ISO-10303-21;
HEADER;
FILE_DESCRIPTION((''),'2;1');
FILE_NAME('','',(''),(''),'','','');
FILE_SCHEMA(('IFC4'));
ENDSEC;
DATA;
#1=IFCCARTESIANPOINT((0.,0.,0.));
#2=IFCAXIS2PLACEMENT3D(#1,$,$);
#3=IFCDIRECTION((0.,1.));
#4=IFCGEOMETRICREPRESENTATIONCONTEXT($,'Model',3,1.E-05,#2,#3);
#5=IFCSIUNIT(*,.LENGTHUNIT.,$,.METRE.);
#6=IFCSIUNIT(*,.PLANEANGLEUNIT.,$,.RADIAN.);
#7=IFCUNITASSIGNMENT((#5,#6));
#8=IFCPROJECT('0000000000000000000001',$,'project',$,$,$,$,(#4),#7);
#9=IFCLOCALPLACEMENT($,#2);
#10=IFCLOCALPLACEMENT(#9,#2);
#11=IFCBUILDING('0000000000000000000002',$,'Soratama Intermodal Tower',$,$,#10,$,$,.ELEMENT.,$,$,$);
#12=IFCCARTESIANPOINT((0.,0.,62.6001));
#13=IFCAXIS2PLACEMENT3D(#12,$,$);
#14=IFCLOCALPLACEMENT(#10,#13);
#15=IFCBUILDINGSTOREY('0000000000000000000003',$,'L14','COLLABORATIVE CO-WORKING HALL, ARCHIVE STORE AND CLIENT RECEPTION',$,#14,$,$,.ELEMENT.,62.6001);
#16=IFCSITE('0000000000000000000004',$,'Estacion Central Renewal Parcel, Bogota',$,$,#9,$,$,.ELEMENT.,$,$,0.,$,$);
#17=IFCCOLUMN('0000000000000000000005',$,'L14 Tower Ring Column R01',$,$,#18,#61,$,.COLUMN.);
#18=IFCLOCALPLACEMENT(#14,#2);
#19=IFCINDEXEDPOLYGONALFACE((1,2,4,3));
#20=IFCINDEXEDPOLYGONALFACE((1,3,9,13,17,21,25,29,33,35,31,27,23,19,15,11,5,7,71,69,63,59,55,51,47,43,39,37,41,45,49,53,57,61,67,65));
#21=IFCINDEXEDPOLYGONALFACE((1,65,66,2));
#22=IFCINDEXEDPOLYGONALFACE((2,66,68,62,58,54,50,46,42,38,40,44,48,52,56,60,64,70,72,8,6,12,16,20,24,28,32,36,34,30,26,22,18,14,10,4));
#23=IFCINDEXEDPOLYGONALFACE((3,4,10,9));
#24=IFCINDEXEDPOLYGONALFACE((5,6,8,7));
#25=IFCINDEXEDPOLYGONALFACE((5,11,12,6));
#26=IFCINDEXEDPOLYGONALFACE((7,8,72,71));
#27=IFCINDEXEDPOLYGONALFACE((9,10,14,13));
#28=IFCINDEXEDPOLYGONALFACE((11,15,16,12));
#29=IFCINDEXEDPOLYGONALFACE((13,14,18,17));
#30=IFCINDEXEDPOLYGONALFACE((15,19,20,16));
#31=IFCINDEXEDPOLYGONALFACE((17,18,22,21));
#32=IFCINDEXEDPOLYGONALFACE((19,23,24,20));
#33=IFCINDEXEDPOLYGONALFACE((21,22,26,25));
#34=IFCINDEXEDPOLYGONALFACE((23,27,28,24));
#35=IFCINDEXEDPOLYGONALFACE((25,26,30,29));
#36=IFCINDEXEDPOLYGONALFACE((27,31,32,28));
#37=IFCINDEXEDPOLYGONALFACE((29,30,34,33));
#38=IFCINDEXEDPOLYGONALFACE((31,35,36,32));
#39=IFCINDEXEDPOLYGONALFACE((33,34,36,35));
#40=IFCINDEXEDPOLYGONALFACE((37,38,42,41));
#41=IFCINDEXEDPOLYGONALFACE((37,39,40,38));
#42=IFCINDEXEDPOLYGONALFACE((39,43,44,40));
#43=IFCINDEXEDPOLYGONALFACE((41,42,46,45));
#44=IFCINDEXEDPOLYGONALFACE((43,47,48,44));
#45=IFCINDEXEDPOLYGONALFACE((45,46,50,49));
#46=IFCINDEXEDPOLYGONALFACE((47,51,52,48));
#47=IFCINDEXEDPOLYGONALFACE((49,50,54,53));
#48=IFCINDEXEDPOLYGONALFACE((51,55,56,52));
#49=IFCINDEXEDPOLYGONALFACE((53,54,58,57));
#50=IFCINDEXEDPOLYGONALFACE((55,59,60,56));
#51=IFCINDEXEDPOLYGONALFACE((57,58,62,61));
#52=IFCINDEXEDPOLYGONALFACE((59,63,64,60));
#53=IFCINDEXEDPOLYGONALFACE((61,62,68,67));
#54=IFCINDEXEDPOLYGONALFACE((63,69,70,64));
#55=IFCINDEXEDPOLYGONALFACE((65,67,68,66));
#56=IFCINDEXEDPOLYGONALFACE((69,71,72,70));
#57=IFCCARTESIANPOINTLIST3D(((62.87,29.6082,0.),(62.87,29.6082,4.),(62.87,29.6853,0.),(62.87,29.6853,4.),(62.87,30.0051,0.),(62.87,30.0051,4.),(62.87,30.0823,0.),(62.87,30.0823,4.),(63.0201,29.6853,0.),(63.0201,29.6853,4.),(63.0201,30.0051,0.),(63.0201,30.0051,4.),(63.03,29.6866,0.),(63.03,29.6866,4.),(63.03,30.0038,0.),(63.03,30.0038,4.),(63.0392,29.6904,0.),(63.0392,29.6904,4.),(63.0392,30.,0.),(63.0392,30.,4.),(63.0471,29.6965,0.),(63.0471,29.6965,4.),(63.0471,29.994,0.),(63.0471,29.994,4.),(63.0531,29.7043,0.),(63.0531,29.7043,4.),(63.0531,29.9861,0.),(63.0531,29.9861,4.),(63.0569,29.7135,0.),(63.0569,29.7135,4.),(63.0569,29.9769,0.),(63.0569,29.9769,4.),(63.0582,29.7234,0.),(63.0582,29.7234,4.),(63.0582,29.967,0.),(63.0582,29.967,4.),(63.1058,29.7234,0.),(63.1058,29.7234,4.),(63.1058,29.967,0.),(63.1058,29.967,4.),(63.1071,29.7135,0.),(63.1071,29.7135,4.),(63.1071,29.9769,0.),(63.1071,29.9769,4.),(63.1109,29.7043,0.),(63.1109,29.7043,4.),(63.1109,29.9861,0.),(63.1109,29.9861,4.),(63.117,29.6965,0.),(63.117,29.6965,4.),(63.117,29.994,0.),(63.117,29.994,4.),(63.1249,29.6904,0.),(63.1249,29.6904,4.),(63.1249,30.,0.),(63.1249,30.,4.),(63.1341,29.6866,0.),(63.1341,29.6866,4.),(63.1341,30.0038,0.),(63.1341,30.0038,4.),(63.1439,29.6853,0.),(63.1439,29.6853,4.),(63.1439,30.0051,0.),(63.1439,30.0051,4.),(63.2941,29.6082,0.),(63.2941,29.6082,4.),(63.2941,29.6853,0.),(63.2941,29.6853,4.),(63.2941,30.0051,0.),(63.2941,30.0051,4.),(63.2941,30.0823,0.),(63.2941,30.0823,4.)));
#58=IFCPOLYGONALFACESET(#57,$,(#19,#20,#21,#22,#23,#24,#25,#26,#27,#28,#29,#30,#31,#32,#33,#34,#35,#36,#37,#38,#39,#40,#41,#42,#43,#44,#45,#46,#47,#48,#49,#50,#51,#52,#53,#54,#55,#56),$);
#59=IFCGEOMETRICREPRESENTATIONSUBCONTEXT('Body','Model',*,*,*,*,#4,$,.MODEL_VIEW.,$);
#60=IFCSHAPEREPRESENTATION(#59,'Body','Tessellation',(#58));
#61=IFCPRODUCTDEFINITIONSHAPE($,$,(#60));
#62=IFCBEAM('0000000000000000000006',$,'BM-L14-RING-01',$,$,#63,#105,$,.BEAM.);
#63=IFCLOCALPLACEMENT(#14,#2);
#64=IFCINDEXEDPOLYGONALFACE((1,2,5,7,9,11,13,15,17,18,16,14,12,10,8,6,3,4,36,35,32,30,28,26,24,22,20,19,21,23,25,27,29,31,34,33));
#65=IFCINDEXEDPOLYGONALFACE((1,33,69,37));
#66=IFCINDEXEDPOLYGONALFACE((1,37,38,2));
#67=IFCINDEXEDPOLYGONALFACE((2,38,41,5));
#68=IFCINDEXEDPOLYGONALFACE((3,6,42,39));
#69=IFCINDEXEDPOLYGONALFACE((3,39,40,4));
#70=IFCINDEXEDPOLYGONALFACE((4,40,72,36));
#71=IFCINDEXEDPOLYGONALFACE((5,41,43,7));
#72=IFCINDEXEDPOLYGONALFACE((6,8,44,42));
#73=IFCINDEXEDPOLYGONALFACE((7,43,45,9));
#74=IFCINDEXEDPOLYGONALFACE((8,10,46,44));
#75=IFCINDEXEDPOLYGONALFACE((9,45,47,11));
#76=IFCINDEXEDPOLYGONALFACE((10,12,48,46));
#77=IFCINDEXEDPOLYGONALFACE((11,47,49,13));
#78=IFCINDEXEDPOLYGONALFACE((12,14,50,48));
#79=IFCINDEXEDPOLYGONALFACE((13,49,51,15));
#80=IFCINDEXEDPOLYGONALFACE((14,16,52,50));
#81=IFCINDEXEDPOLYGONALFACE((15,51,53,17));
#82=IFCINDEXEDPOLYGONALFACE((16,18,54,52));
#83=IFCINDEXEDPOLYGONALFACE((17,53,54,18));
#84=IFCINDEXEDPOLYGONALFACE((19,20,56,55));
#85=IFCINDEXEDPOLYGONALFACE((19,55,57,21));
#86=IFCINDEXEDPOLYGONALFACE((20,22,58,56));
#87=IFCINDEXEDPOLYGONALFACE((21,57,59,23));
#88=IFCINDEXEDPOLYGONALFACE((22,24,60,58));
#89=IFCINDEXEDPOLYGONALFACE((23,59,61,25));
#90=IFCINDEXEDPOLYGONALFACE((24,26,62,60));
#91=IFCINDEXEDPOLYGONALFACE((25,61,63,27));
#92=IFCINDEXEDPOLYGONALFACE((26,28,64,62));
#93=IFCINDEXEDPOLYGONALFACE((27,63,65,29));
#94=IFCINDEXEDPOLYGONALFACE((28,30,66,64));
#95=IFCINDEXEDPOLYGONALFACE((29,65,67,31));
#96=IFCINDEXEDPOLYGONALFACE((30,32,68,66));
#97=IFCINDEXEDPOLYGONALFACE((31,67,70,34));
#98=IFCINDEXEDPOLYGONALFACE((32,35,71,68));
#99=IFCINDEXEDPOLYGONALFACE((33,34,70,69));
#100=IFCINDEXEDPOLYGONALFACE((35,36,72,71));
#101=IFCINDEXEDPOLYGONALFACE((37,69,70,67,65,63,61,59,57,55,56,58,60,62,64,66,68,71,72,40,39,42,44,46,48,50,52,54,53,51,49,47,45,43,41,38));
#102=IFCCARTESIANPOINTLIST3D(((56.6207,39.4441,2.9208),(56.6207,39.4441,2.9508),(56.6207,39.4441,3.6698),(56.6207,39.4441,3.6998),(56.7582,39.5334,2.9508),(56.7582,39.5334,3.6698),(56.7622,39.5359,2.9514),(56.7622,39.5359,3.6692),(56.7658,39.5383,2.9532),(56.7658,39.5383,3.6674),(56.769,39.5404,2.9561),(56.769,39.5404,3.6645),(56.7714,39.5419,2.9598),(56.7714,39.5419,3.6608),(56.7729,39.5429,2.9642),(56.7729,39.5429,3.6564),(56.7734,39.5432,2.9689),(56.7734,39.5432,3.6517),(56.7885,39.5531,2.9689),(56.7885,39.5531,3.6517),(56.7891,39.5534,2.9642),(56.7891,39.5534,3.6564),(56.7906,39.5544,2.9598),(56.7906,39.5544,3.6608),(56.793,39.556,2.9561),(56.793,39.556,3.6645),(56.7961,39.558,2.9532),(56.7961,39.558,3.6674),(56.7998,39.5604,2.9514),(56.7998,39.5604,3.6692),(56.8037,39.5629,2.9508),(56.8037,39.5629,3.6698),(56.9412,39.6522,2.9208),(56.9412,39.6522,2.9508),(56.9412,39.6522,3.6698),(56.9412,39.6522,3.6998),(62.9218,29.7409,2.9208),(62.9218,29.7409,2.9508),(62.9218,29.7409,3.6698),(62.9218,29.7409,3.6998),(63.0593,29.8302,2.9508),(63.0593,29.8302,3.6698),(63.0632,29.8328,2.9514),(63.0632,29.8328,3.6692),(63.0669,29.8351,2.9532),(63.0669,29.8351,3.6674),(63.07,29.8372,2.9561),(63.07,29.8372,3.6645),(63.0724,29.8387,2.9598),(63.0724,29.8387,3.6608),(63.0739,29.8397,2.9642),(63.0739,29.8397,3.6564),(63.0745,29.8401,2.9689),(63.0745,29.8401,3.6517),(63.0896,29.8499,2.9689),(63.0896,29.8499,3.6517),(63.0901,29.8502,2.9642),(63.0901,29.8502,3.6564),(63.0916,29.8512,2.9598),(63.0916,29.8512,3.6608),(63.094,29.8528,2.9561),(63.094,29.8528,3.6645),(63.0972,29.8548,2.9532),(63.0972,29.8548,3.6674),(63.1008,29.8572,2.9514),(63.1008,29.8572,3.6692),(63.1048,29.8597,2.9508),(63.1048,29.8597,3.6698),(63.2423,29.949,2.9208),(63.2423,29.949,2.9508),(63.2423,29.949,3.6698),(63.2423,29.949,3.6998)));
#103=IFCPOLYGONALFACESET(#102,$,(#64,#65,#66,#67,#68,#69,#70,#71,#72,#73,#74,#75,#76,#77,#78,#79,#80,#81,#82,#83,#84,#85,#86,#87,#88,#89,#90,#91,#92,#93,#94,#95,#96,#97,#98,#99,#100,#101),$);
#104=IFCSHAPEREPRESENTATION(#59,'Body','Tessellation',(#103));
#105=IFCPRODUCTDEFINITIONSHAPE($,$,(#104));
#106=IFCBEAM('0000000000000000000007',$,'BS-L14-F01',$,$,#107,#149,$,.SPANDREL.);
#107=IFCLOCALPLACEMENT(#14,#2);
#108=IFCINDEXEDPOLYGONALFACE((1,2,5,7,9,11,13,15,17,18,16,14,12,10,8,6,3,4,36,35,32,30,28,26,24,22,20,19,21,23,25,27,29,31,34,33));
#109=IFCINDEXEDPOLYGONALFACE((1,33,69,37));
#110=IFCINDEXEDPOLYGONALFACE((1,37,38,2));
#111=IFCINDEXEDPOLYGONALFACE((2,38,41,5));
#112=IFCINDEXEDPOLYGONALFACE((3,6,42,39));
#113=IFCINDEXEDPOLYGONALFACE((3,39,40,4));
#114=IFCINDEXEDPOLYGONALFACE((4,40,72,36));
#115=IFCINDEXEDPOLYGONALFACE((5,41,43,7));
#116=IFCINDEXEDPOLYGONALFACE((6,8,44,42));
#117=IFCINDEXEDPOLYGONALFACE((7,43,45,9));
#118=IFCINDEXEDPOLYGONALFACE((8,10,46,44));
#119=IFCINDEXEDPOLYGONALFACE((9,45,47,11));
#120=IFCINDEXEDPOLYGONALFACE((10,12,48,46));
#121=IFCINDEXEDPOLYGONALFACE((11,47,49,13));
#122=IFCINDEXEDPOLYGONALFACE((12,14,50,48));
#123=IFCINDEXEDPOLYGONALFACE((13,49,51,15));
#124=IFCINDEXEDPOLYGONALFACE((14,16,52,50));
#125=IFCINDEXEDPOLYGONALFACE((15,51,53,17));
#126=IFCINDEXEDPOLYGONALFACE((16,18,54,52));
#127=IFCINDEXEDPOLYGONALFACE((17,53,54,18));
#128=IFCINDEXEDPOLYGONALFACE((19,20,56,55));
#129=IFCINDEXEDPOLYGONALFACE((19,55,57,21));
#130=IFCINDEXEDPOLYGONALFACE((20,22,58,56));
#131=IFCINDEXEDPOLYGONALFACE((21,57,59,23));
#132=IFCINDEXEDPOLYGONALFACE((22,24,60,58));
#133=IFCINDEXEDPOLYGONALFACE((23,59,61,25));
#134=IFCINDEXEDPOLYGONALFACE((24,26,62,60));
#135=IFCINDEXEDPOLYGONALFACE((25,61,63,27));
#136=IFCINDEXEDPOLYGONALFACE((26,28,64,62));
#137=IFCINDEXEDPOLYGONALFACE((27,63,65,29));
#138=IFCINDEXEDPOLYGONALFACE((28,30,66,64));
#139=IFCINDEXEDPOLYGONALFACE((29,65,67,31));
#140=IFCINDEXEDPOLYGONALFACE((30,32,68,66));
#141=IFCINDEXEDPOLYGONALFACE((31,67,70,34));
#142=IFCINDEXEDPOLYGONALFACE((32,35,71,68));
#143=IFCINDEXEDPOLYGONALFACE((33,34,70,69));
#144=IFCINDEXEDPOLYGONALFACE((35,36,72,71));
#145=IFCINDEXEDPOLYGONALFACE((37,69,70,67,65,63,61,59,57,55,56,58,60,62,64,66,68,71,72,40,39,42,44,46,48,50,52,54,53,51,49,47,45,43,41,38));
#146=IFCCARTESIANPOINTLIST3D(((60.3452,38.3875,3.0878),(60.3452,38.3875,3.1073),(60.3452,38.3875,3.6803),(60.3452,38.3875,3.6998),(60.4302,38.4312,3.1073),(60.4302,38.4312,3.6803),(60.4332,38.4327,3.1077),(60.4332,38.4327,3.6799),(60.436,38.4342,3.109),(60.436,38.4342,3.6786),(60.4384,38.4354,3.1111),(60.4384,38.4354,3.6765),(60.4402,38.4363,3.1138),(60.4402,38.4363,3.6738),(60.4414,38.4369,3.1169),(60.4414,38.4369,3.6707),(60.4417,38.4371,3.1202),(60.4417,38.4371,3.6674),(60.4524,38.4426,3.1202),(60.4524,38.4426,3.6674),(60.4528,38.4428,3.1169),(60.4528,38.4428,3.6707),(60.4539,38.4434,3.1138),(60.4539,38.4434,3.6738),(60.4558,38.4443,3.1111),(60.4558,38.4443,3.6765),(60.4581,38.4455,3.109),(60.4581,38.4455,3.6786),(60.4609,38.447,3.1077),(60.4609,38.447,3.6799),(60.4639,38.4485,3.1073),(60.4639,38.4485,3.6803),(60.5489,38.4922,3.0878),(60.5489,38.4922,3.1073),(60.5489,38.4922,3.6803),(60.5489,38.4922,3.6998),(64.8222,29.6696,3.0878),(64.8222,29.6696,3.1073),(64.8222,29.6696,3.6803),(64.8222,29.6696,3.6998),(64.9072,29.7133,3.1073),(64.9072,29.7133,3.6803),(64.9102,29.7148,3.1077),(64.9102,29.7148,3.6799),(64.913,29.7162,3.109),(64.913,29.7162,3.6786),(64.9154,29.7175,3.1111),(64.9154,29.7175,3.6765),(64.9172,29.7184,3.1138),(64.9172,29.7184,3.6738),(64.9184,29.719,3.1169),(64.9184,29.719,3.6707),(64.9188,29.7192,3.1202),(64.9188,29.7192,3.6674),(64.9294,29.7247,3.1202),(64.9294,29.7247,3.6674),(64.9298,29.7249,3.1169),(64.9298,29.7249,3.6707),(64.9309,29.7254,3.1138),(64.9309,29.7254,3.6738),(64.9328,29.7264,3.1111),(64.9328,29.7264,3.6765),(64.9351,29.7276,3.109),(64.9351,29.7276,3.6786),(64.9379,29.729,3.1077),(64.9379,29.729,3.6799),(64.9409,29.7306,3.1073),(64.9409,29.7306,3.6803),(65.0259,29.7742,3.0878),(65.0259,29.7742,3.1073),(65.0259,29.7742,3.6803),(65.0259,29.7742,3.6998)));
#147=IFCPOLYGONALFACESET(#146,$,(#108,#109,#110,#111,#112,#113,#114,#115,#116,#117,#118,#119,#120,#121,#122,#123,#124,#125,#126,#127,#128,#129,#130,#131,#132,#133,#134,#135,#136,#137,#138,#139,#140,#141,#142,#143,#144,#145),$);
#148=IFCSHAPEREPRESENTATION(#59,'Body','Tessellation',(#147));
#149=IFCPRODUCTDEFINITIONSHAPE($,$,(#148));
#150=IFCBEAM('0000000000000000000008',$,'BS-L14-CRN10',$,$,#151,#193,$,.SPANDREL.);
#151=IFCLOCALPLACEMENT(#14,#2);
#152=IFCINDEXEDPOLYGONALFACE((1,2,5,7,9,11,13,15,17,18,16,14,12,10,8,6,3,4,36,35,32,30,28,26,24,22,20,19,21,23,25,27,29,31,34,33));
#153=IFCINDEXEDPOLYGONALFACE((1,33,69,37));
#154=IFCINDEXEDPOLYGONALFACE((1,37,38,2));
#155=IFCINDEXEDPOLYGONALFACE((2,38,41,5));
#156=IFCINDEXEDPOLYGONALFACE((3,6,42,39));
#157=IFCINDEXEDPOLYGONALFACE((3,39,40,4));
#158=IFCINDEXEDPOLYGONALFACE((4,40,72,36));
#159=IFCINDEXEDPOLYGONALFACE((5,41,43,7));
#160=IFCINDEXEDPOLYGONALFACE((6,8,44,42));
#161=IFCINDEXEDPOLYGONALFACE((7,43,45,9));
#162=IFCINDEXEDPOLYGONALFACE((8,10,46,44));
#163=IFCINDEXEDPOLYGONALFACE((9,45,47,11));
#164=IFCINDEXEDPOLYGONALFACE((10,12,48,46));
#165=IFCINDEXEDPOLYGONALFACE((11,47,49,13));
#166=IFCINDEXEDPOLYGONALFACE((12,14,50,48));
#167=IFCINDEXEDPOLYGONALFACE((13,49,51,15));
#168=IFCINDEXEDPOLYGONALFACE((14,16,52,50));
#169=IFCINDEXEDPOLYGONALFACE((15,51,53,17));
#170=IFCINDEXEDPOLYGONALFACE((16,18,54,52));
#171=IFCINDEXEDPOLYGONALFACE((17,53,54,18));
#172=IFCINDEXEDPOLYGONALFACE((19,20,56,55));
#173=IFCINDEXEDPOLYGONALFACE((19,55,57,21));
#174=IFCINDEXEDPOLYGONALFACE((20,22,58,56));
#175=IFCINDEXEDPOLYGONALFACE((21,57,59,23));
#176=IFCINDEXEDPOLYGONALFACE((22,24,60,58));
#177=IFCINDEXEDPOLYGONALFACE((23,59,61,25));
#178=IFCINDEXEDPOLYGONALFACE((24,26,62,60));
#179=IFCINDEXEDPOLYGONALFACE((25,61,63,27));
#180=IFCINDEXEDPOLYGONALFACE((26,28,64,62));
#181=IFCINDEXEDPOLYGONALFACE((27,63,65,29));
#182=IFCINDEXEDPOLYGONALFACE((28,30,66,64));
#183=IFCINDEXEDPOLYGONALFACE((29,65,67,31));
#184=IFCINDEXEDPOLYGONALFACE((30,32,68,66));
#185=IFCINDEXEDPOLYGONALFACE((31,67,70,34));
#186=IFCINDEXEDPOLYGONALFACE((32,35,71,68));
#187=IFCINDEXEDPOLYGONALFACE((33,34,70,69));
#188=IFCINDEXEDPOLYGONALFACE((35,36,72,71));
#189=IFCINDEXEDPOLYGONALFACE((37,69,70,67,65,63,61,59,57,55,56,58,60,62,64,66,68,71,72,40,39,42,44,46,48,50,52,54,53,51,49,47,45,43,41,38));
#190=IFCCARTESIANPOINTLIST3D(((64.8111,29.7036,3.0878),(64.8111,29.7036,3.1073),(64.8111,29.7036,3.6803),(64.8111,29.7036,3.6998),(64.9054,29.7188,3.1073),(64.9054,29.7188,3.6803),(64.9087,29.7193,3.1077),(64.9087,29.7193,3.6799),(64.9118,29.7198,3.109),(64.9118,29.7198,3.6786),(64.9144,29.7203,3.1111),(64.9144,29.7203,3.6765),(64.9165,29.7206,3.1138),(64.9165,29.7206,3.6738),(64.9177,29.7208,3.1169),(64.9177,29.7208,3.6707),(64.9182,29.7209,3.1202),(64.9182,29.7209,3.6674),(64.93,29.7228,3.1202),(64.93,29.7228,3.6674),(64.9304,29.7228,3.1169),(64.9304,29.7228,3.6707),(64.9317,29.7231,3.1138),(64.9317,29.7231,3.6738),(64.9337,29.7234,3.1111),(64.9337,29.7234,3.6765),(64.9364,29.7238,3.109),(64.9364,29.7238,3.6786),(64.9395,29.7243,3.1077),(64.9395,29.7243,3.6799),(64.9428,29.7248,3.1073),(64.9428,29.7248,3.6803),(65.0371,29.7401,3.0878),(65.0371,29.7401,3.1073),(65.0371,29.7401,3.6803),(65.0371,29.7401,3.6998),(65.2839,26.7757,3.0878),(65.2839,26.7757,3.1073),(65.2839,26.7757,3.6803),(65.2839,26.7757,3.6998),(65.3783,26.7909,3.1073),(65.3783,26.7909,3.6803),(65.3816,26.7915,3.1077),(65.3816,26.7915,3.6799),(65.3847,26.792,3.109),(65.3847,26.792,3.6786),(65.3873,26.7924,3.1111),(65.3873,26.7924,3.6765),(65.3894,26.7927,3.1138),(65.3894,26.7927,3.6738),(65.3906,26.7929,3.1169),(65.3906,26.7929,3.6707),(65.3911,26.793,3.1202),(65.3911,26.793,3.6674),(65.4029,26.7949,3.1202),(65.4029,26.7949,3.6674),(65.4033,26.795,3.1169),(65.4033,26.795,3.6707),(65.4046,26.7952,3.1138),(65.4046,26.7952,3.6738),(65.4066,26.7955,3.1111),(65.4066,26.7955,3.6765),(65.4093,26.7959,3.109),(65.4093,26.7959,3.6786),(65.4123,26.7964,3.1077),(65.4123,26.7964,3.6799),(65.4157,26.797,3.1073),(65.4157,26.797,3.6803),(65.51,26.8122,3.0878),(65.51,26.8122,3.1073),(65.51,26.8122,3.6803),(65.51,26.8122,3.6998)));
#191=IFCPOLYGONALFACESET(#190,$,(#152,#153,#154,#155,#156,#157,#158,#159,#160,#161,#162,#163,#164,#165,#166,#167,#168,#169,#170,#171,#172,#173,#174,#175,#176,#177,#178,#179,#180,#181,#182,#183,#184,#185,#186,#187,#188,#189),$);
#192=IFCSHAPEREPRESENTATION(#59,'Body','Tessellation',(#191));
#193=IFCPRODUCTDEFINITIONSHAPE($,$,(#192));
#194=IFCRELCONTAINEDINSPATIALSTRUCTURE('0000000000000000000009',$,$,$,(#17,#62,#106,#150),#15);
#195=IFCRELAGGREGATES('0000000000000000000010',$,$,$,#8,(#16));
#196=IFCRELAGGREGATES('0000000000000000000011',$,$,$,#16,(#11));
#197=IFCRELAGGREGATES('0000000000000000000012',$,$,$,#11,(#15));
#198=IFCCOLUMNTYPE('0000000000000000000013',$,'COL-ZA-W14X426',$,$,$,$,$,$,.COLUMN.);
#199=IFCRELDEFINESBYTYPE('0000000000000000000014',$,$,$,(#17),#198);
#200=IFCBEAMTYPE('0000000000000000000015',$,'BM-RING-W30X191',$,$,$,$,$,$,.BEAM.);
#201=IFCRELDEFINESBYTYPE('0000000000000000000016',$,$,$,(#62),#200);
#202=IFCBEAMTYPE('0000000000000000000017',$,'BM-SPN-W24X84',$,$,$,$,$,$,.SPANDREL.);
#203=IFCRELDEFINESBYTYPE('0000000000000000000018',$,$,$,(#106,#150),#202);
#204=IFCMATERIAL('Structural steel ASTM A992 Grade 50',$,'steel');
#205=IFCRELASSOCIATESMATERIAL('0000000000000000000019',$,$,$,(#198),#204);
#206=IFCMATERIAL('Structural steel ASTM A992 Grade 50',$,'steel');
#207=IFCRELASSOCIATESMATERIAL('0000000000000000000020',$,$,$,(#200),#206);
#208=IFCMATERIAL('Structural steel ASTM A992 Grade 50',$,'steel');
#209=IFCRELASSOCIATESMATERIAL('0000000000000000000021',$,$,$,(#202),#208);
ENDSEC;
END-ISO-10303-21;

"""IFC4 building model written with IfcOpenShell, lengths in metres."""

from ifc_helpers import new_model, si_unit, direction, frame, origin, origin_2d, place, context, subcontext, project, spatial, i_section, extrude, material, material_profile, profile_set, type_object, element, save


model = new_model("IFC4")

# Units and contexts
model_context = context("Model", 3, precision=1e-05, world=origin(), true_north=direction((0.0, 1.0)))
body_context = subcontext(model_context, "Body", "Model", "MODEL_VIEW")
ifc_project = project(units=[si_unit("LENGTHUNIT", "METRE"), si_unit("PLANEANGLEUNIT", "RADIAN")], contexts=[model_context])

# Site, building, storey
site_placement = place(None, origin())
site = spatial("IfcSite", under=ifc_project, at=site_placement, Name="Estacion Central Renewal Parcel, Bogota", CompositionType="ELEMENT", RefElevation=0.0)
building_placement = place(site_placement, origin())
building = spatial("IfcBuilding", under=site, at=building_placement, Name="Soratama Intermodal Tower", CompositionType="ELEMENT")
storey_placement = place(building_placement, frame((0.0, 0.0, 62.6001)))
storey = spatial("IfcBuildingStorey", under=building, at=storey_placement, Name="L14", Description="COLLABORATIVE CO-WORKING HALL, ARCHIVE STORE AND CLIENT RECEPTION", CompositionType="ELEMENT", Elevation=62.6001)

# Column
ifc_material_1 = material(Name="Structural steel ASTM A992 Grade 50", Category="steel")
ifc_material_profile_1 = material_profile(ifc_material_1, i_section(OverallWidth=0.4241, OverallDepth=0.4741, WebThickness=0.0476, FlangeThickness=0.0771, FilletRadius=0.0381, at=origin_2d()), Name="W14X426")
ifc_profile_set_1 = profile_set([ifc_material_profile_1], Name="Structural steel ASTM A992 Grade 50")
column_type = type_object("IfcColumnType", Name="COL-ZA-W14X426", PredefinedType="COLUMN", material=ifc_profile_set_1)
column_placement = place(storey_placement, frame((63.082, 29.8452, 0.0), z_axis=(0.0, 0.0, 1.0), x_axis=(1.0, 0.0, 0.0)))
element("IfcColumn", 1, at=column_placement, inside=storey, type_object=column_type, Name="L14 Tower Ring Column R01", PredefinedType="COLUMN", context=body_context, shape_type="SweptSolid", body=[
    extrude(i_section(OverallWidth=0.4241, OverallDepth=0.4741, WebThickness=0.0476, FlangeThickness=0.0771, FilletRadius=0.0381, at=origin_2d()), origin(), (0.0, 0.0, 1.0), 4.0),
])

# Beams
ifc_material_2 = material(Name="Structural steel ASTM A992 Grade 50", Category="steel")
ifc_material_profile_2 = material_profile(ifc_material_2, i_section(OverallWidth=0.3821, OverallDepth=0.7791, WebThickness=0.0181, FlangeThickness=0.03, FilletRadius=0.0181, at=origin_2d()), Name="W30X191")
ifc_profile_set_2 = profile_set([ifc_material_profile_2], Name="Structural steel ASTM A992 Grade 50")
beam_type_1 = type_object("IfcBeamType", Name="BM-RING-W30X191", PredefinedType="BEAM", material=ifc_profile_set_2)
beam_1_placement = place(storey_placement, frame((63.082, 29.845, 3.3103), z_axis=(-0.544623, 0.838681, 0.0), x_axis=(-0.838681, -0.544623, 0.0)))
element("IfcBeam", 2, at=beam_1_placement, inside=storey, type_object=beam_type_1, Name="BM-L14-RING-01", PredefinedType="BEAM", context=body_context, shape_type="SweptSolid", body=[
    extrude(i_section(OverallWidth=0.3821, OverallDepth=0.7791, WebThickness=0.0181, FlangeThickness=0.03, FilletRadius=0.0181, at=origin_2d()), origin(), (0.0, 0.0, 1.0), 11.5696),
])
ifc_material_3 = material(Name="Structural steel ASTM A992 Grade 50", Category="steel")
ifc_material_profile_3 = material_profile(ifc_material_3, i_section(OverallWidth=0.229, OverallDepth=0.6121, WebThickness=0.012, FlangeThickness=0.0195, FilletRadius=0.0129, at=origin_2d()), Name="W24X84")
ifc_profile_set_3 = profile_set([ifc_material_profile_3], Name="Structural steel ASTM A992 Grade 50")
beam_type_2 = type_object("IfcBeamType", Name="BM-SPN-W24X84", PredefinedType="SPANDREL", material=ifc_profile_set_3)
beam_2_placement = place(storey_placement, frame((64.9241, 29.7219, 3.3938), z_axis=(-0.456823, 0.889557, 0.0), x_axis=(-0.889557, -0.456823, 0.0)))
element("IfcBeam", 3, at=beam_2_placement, inside=storey, type_object=beam_type_2, Name="BS-L14-F01", PredefinedType="SPANDREL", context=body_context, shape_type="SweptSolid", body=[
    extrude(i_section(OverallWidth=0.229, OverallDepth=0.6121, WebThickness=0.012, FlangeThickness=0.0195, FilletRadius=0.0129, at=origin_2d()), origin(), (0.0, 0.0, 1.0), 9.8003),
])
beam_3_placement = place(storey_placement, frame((65.397, 26.7939, 3.3938), z_axis=(-0.159445, 0.987207, 0.0), x_axis=(-0.987207, -0.159445, 0.0)))
element("IfcBeam", 4, at=beam_3_placement, inside=storey, type_object=beam_type_2, Name="BS-L14-CRN10", PredefinedType="SPANDREL", context=body_context, shape_type="SweptSolid", body=[
    extrude(i_section(OverallWidth=0.229, OverallDepth=0.6121, WebThickness=0.012, FlangeThickness=0.0195, FilletRadius=0.0129, at=origin_2d()), origin(), (0.0, 0.0, 1.0), 2.9658),
])

save(model, "model.ifc")
